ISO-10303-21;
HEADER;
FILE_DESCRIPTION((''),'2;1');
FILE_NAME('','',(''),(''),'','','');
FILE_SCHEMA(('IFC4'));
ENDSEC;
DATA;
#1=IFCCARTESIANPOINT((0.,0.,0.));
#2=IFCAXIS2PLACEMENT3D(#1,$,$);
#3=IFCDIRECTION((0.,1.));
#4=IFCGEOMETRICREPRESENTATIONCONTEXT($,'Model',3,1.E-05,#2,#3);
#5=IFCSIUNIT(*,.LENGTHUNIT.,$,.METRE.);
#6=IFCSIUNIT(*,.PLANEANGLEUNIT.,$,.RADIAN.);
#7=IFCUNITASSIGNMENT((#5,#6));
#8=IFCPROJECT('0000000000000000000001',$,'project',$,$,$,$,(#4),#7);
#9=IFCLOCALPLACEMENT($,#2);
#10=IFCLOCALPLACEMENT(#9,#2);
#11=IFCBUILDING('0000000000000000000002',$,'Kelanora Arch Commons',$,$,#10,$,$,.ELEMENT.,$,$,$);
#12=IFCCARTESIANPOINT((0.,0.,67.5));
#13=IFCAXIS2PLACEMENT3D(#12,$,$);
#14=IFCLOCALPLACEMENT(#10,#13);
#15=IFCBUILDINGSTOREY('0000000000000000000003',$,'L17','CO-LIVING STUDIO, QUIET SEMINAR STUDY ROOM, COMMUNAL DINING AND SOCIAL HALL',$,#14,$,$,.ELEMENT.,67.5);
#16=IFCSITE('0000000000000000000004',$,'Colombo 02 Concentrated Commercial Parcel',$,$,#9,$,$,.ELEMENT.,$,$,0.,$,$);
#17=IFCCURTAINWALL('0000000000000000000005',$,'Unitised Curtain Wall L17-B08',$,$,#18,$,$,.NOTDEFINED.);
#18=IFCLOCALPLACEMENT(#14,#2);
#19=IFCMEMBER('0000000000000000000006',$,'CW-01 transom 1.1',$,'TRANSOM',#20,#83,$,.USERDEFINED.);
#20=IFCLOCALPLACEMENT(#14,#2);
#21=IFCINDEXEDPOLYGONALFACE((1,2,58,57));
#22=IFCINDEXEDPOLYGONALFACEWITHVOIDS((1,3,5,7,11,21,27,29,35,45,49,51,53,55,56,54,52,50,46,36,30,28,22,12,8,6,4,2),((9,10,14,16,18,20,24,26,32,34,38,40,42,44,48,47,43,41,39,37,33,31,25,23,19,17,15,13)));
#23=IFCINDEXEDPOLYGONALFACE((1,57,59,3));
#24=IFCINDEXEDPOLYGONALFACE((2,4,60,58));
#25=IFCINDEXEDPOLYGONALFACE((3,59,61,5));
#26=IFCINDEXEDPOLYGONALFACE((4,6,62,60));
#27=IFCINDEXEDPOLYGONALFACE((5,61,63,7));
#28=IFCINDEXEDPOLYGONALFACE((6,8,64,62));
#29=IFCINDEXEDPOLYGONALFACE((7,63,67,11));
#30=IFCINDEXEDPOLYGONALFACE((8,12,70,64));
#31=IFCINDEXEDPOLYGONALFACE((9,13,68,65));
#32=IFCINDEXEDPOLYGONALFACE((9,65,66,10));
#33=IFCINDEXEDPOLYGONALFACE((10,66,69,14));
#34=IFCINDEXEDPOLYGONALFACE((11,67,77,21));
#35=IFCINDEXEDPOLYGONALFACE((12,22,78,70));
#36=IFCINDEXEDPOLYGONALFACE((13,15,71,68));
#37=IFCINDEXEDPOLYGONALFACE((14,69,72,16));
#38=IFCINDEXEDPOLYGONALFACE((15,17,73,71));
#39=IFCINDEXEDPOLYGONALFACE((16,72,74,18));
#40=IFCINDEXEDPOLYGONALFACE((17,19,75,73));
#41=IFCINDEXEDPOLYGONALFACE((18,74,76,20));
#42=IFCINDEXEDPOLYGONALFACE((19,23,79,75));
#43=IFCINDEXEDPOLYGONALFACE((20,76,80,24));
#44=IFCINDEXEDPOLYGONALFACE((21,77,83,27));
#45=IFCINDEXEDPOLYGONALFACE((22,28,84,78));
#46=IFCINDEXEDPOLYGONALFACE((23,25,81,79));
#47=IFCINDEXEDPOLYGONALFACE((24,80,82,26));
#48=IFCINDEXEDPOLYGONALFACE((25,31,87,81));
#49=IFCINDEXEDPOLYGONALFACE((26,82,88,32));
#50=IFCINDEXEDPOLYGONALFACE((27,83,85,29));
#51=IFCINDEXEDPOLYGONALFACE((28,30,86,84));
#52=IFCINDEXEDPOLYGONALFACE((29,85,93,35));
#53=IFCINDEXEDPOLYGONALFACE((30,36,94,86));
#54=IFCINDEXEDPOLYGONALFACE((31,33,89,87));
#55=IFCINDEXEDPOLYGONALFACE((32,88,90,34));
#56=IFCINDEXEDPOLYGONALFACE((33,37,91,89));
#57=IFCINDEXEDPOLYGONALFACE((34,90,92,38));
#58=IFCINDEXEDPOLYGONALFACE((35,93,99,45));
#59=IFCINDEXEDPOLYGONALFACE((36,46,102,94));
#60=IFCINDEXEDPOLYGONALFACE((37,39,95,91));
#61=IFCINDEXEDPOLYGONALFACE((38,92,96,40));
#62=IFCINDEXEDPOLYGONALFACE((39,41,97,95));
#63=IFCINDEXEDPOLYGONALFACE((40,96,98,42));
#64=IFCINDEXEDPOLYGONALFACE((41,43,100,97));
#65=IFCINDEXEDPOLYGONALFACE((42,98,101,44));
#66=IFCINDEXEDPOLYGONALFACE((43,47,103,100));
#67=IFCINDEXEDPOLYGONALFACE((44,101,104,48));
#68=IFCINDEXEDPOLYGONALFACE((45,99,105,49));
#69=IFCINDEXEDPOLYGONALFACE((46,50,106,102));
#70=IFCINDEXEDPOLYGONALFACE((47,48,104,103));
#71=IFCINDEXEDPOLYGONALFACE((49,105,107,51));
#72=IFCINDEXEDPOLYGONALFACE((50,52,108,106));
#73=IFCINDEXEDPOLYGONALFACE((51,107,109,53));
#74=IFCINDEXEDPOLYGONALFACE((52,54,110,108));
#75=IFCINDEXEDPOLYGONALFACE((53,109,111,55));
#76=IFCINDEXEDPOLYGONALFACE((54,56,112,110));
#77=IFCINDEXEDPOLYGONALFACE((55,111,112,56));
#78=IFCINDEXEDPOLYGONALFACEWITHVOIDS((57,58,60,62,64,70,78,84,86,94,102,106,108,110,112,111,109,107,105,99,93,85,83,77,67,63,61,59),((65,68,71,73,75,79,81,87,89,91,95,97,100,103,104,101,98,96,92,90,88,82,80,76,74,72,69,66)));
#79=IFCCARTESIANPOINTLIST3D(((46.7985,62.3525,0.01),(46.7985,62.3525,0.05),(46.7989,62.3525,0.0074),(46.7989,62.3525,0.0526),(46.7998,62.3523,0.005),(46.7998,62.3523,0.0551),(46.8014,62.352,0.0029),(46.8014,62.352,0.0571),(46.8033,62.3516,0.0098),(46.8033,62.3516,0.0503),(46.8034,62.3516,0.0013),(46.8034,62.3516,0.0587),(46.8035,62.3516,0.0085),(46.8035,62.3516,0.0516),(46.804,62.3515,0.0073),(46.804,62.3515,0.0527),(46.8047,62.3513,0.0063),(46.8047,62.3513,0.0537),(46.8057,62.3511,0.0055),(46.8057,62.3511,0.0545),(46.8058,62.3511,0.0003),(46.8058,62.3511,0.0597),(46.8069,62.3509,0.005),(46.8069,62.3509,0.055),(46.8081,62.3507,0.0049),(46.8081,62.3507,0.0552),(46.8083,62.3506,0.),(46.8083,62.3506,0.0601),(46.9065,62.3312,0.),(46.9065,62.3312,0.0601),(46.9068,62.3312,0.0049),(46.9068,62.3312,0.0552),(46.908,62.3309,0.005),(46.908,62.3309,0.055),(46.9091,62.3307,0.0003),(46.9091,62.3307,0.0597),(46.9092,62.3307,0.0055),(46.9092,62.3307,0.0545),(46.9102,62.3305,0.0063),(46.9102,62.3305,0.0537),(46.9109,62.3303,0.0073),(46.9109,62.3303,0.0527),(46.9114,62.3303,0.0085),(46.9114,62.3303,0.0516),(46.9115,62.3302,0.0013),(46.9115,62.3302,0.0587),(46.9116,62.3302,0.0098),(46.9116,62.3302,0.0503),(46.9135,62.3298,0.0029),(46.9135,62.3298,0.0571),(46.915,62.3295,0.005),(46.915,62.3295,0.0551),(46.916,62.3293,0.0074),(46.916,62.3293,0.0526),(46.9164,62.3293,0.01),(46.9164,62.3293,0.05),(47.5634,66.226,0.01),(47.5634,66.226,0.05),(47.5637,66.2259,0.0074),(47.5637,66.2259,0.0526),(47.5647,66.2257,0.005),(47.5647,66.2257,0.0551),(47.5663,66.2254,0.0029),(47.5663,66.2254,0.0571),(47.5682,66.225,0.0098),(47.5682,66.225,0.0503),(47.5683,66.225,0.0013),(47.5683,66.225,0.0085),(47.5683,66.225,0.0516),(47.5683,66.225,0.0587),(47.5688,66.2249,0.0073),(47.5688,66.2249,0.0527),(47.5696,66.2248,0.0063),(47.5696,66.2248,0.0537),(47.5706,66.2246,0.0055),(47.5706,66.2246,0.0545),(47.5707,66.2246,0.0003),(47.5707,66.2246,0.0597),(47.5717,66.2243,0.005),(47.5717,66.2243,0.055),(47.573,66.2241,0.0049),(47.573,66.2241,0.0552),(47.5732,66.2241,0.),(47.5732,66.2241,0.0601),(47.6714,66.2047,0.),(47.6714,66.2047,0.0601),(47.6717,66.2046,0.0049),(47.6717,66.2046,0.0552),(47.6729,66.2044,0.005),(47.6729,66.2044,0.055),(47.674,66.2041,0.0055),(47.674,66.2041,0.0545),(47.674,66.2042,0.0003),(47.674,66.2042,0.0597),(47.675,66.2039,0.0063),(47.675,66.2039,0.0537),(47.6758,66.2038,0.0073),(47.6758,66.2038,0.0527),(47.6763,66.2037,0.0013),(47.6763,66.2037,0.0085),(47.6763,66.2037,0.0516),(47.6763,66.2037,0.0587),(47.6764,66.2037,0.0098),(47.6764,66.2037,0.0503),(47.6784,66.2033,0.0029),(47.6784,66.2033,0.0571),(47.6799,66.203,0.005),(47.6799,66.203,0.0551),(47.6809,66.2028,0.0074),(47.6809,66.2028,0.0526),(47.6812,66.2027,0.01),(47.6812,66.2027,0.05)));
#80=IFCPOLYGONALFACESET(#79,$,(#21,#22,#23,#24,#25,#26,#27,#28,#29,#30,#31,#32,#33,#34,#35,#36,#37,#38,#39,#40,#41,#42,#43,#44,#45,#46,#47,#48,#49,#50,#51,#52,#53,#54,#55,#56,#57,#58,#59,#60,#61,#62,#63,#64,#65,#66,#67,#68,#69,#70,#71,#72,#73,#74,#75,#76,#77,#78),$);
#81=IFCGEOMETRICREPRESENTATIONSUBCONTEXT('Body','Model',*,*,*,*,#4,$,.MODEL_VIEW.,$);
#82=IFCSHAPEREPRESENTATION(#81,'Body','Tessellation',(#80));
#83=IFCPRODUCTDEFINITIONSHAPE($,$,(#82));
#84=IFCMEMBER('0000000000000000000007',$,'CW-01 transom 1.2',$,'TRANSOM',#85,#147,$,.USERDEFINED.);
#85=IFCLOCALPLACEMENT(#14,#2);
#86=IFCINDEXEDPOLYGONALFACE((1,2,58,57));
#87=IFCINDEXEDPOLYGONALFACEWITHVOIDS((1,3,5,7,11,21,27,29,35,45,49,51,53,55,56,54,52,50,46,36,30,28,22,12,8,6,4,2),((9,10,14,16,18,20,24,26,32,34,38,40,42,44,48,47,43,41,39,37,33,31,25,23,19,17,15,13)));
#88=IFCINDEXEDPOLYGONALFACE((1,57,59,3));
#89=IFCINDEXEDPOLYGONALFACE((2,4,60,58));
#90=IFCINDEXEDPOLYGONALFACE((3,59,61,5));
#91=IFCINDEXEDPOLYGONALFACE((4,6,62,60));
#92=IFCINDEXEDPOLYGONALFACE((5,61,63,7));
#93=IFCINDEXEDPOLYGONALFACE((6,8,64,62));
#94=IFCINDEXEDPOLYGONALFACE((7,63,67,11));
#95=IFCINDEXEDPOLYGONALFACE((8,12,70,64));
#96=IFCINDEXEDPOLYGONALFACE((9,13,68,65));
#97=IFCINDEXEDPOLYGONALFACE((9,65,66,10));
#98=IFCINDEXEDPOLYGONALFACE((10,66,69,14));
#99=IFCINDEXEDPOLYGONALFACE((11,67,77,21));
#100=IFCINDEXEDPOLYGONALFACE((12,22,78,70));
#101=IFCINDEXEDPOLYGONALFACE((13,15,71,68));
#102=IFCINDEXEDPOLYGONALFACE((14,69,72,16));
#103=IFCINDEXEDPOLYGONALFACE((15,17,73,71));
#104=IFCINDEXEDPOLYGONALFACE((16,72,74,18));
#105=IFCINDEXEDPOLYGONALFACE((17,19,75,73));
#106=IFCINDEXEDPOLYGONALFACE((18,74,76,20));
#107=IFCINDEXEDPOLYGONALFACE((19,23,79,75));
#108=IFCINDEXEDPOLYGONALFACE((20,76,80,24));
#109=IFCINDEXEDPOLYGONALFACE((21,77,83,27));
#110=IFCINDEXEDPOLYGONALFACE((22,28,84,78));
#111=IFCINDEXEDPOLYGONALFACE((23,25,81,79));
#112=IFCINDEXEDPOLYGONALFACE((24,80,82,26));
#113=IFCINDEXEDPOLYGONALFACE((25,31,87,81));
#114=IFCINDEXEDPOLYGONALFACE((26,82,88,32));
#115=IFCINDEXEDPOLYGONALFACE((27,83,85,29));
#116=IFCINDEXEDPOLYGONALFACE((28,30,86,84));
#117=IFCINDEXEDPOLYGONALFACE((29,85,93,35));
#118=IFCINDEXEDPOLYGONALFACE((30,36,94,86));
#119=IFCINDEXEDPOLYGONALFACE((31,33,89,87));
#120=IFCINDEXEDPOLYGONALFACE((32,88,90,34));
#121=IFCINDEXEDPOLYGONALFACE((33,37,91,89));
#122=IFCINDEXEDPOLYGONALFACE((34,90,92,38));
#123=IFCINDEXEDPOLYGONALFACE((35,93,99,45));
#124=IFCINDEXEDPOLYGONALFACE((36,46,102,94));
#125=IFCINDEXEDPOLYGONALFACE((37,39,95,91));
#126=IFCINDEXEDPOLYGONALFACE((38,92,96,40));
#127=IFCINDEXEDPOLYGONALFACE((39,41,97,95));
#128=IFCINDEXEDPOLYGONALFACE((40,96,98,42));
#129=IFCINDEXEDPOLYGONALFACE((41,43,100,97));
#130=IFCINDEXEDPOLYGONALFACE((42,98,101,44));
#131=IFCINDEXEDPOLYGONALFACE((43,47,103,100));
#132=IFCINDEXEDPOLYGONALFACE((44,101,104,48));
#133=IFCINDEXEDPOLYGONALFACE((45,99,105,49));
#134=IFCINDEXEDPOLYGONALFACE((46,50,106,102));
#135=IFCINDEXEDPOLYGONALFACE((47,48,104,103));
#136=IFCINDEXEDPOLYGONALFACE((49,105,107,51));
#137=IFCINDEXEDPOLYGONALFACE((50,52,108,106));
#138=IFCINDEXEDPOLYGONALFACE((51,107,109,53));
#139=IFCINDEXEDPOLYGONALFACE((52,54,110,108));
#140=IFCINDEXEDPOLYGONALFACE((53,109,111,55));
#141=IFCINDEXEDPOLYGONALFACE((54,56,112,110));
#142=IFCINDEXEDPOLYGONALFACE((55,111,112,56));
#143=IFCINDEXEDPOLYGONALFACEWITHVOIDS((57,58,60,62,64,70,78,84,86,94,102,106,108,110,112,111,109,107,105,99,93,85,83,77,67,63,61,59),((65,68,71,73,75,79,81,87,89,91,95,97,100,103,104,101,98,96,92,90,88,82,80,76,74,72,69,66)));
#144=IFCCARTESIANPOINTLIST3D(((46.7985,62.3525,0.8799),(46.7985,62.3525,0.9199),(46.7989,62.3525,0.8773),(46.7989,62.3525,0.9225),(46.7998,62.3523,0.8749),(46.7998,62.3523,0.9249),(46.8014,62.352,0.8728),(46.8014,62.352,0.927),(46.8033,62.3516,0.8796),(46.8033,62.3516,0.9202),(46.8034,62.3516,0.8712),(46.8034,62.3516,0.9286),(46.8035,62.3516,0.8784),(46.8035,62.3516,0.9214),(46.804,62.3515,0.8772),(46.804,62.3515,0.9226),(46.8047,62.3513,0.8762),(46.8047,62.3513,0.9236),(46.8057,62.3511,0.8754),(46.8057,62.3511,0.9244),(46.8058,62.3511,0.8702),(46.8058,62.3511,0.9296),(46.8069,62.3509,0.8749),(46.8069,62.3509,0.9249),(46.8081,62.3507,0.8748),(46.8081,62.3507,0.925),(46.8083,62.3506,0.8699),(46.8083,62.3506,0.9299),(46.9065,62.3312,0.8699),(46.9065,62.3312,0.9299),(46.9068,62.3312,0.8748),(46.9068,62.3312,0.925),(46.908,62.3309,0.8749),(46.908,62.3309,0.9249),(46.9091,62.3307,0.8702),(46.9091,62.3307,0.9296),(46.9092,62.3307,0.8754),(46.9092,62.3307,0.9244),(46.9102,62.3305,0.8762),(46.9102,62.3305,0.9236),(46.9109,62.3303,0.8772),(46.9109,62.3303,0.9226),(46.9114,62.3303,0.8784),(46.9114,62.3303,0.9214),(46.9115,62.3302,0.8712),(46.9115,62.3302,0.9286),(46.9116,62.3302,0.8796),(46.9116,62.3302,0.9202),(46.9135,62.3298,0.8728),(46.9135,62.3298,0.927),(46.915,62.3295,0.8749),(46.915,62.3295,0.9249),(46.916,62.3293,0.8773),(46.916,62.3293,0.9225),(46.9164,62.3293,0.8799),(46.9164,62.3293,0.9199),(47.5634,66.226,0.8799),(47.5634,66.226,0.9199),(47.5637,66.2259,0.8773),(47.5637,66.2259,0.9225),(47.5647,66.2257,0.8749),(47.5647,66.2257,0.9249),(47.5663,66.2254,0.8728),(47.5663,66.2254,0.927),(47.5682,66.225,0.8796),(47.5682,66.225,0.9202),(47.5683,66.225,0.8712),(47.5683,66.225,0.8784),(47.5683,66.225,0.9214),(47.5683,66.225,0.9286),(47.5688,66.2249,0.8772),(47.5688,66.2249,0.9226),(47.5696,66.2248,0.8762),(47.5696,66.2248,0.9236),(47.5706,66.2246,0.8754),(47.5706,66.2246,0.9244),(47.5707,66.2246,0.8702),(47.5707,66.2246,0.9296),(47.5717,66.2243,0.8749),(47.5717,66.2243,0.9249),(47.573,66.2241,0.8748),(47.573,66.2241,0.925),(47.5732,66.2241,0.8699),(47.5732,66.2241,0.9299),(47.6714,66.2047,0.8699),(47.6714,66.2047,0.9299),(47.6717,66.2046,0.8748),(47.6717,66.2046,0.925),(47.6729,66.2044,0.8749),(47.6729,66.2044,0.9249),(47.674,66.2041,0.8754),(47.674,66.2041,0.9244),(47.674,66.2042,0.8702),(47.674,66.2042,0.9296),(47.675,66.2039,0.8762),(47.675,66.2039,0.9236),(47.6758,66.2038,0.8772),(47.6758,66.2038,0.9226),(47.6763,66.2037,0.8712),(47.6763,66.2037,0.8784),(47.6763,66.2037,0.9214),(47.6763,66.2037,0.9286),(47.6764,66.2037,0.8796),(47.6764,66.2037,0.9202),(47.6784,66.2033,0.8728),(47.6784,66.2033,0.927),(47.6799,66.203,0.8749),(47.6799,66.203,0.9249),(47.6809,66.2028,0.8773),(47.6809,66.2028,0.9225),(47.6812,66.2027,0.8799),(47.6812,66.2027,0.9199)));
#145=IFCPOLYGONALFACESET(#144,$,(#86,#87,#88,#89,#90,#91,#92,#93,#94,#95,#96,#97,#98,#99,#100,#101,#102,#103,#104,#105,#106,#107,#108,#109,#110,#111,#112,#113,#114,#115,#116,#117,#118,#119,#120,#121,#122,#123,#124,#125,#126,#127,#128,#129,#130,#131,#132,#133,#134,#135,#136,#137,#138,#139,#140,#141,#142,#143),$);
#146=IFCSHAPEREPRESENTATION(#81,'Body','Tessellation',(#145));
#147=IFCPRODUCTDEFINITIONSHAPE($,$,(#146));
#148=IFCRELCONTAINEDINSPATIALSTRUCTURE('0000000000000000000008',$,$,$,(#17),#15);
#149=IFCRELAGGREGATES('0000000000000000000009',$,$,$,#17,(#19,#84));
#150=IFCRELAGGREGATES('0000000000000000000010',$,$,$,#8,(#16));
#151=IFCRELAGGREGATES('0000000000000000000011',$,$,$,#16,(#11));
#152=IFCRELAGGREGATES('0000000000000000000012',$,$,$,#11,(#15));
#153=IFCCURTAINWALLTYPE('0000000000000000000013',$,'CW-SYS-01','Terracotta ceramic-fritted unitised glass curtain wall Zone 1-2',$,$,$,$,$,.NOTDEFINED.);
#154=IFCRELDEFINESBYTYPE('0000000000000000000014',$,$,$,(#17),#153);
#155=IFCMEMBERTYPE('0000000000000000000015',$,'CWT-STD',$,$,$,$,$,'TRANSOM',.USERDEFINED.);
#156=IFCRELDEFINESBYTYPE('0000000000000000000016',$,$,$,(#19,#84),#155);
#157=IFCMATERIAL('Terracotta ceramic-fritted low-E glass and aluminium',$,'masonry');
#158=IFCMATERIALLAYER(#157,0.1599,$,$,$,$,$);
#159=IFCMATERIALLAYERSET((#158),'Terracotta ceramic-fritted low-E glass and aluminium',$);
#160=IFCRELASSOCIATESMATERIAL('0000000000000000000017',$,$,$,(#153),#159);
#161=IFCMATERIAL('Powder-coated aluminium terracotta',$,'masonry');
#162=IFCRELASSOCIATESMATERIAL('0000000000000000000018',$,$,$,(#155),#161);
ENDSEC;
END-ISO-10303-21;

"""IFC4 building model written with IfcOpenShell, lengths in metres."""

from ifc_helpers import new_model, si_unit, direction, frame, origin, origin_2d, place, context, subcontext, project, spatial, hollow_rectangle, extrude, material, layer, layer_set, material_profile, profile_set, type_object, element, aggregate, save


model = new_model("IFC4")

# Units and contexts
model_context = context("Model", 3, precision=1e-05, world=origin(), true_north=direction((0.0, 1.0)))
body_context = subcontext(model_context, "Body", "Model", "MODEL_VIEW")
ifc_project = project(units=[si_unit("LENGTHUNIT", "METRE"), si_unit("PLANEANGLEUNIT", "RADIAN")], contexts=[model_context])

# Site, building, storey
site_placement = place(None, origin())
site = spatial("IfcSite", under=ifc_project, at=site_placement, Name="Colombo 02 Concentrated Commercial Parcel", CompositionType="ELEMENT", RefElevation=0.0)
building_placement = place(site_placement, origin())
building = spatial("IfcBuilding", under=site, at=building_placement, Name="Kelanora Arch Commons", CompositionType="ELEMENT")
storey_placement = place(building_placement, frame((0.0, 0.0, 67.5)))
storey = spatial("IfcBuildingStorey", under=building, at=storey_placement, Name="L17", Description="CO-LIVING STUDIO, QUIET SEMINAR STUDY ROOM, COMMUNAL DINING AND SOCIAL HALL", CompositionType="ELEMENT", Elevation=67.5)

# Curtain wall, members
ifc_material_1 = material(Name="Terracotta ceramic-fritted low-E glass and aluminium", Category="masonry")
ifc_layer_1 = layer(ifc_material_1, 0.1599)
ifc_layer_set_1 = layer_set([ifc_layer_1], Name="Terracotta ceramic-fritted low-E glass and aluminium")
curtain_wall_type = type_object("IfcCurtainWallType", Name="CW-SYS-01", Description="Terracotta ceramic-fritted unitised glass curtain wall Zone 1-2", PredefinedType="NOTDEFINED", material=ifc_layer_set_1)
curtain_wall_placement = place(storey_placement, origin())
curtain_wall = element("IfcCurtainWall", 1, at=curtain_wall_placement, inside=storey, type_object=curtain_wall_type, Name="Unitised Curtain Wall L17-B08", PredefinedType="NOTDEFINED")
ifc_material_2 = material(Name="Powder-coated aluminium terracotta", Category="masonry")
ifc_material_profile_1 = material_profile(ifc_material_2, hollow_rectangle(XDim=0.1201, YDim=0.0601, WallThickness=0.0049, InnerFilletRadius=0.0049, OuterFilletRadius=0.01, at=origin_2d()), Name="CWT120x60")
ifc_profile_set_1 = profile_set([ifc_material_profile_1], Name="Powder-coated aluminium terracotta")
member_type_1 = type_object("IfcMemberType", Name="CWT-STD", ElementType="TRANSOM", PredefinedType="USERDEFINED", material=ifc_profile_set_1)
member_1_placement = place(storey_placement, frame((47.6223, 66.2144, 0.03), z_axis=(-0.193725, -0.981056, 0.0), x_axis=(0.981056, -0.193725, 0.0)))
member_1 = element("IfcMember", 2, at=member_1_placement, type_object=member_type_1, Name="CW-01 transom 1.1", ObjectType="TRANSOM", PredefinedType="USERDEFINED", context=body_context, shape_type="SweptSolid", body=[
    extrude(hollow_rectangle(XDim=0.1201, YDim=0.0601, WallThickness=0.0049, InnerFilletRadius=0.0049, OuterFilletRadius=0.01, at=origin_2d()), origin(), (0.0, 0.0, 1.0), 3.9482),
])
member_2_placement = place(storey_placement, frame((47.6223, 66.2144, 0.8999), z_axis=(-0.193725, -0.981056, 0.0), x_axis=(0.981056, -0.193725, 0.0)))
member_2 = element("IfcMember", 3, at=member_2_placement, type_object=member_type_1, Name="CW-01 transom 1.2", ObjectType="TRANSOM", PredefinedType="USERDEFINED", context=body_context, shape_type="SweptSolid", body=[
    extrude(hollow_rectangle(XDim=0.1201, YDim=0.0601, WallThickness=0.0049, InnerFilletRadius=0.0049, OuterFilletRadius=0.01, at=origin_2d()), origin(), (0.0, 0.0, 1.0), 3.9482),
])
aggregate(curtain_wall, [member_1, member_2])

save(model, "model.ifc")
